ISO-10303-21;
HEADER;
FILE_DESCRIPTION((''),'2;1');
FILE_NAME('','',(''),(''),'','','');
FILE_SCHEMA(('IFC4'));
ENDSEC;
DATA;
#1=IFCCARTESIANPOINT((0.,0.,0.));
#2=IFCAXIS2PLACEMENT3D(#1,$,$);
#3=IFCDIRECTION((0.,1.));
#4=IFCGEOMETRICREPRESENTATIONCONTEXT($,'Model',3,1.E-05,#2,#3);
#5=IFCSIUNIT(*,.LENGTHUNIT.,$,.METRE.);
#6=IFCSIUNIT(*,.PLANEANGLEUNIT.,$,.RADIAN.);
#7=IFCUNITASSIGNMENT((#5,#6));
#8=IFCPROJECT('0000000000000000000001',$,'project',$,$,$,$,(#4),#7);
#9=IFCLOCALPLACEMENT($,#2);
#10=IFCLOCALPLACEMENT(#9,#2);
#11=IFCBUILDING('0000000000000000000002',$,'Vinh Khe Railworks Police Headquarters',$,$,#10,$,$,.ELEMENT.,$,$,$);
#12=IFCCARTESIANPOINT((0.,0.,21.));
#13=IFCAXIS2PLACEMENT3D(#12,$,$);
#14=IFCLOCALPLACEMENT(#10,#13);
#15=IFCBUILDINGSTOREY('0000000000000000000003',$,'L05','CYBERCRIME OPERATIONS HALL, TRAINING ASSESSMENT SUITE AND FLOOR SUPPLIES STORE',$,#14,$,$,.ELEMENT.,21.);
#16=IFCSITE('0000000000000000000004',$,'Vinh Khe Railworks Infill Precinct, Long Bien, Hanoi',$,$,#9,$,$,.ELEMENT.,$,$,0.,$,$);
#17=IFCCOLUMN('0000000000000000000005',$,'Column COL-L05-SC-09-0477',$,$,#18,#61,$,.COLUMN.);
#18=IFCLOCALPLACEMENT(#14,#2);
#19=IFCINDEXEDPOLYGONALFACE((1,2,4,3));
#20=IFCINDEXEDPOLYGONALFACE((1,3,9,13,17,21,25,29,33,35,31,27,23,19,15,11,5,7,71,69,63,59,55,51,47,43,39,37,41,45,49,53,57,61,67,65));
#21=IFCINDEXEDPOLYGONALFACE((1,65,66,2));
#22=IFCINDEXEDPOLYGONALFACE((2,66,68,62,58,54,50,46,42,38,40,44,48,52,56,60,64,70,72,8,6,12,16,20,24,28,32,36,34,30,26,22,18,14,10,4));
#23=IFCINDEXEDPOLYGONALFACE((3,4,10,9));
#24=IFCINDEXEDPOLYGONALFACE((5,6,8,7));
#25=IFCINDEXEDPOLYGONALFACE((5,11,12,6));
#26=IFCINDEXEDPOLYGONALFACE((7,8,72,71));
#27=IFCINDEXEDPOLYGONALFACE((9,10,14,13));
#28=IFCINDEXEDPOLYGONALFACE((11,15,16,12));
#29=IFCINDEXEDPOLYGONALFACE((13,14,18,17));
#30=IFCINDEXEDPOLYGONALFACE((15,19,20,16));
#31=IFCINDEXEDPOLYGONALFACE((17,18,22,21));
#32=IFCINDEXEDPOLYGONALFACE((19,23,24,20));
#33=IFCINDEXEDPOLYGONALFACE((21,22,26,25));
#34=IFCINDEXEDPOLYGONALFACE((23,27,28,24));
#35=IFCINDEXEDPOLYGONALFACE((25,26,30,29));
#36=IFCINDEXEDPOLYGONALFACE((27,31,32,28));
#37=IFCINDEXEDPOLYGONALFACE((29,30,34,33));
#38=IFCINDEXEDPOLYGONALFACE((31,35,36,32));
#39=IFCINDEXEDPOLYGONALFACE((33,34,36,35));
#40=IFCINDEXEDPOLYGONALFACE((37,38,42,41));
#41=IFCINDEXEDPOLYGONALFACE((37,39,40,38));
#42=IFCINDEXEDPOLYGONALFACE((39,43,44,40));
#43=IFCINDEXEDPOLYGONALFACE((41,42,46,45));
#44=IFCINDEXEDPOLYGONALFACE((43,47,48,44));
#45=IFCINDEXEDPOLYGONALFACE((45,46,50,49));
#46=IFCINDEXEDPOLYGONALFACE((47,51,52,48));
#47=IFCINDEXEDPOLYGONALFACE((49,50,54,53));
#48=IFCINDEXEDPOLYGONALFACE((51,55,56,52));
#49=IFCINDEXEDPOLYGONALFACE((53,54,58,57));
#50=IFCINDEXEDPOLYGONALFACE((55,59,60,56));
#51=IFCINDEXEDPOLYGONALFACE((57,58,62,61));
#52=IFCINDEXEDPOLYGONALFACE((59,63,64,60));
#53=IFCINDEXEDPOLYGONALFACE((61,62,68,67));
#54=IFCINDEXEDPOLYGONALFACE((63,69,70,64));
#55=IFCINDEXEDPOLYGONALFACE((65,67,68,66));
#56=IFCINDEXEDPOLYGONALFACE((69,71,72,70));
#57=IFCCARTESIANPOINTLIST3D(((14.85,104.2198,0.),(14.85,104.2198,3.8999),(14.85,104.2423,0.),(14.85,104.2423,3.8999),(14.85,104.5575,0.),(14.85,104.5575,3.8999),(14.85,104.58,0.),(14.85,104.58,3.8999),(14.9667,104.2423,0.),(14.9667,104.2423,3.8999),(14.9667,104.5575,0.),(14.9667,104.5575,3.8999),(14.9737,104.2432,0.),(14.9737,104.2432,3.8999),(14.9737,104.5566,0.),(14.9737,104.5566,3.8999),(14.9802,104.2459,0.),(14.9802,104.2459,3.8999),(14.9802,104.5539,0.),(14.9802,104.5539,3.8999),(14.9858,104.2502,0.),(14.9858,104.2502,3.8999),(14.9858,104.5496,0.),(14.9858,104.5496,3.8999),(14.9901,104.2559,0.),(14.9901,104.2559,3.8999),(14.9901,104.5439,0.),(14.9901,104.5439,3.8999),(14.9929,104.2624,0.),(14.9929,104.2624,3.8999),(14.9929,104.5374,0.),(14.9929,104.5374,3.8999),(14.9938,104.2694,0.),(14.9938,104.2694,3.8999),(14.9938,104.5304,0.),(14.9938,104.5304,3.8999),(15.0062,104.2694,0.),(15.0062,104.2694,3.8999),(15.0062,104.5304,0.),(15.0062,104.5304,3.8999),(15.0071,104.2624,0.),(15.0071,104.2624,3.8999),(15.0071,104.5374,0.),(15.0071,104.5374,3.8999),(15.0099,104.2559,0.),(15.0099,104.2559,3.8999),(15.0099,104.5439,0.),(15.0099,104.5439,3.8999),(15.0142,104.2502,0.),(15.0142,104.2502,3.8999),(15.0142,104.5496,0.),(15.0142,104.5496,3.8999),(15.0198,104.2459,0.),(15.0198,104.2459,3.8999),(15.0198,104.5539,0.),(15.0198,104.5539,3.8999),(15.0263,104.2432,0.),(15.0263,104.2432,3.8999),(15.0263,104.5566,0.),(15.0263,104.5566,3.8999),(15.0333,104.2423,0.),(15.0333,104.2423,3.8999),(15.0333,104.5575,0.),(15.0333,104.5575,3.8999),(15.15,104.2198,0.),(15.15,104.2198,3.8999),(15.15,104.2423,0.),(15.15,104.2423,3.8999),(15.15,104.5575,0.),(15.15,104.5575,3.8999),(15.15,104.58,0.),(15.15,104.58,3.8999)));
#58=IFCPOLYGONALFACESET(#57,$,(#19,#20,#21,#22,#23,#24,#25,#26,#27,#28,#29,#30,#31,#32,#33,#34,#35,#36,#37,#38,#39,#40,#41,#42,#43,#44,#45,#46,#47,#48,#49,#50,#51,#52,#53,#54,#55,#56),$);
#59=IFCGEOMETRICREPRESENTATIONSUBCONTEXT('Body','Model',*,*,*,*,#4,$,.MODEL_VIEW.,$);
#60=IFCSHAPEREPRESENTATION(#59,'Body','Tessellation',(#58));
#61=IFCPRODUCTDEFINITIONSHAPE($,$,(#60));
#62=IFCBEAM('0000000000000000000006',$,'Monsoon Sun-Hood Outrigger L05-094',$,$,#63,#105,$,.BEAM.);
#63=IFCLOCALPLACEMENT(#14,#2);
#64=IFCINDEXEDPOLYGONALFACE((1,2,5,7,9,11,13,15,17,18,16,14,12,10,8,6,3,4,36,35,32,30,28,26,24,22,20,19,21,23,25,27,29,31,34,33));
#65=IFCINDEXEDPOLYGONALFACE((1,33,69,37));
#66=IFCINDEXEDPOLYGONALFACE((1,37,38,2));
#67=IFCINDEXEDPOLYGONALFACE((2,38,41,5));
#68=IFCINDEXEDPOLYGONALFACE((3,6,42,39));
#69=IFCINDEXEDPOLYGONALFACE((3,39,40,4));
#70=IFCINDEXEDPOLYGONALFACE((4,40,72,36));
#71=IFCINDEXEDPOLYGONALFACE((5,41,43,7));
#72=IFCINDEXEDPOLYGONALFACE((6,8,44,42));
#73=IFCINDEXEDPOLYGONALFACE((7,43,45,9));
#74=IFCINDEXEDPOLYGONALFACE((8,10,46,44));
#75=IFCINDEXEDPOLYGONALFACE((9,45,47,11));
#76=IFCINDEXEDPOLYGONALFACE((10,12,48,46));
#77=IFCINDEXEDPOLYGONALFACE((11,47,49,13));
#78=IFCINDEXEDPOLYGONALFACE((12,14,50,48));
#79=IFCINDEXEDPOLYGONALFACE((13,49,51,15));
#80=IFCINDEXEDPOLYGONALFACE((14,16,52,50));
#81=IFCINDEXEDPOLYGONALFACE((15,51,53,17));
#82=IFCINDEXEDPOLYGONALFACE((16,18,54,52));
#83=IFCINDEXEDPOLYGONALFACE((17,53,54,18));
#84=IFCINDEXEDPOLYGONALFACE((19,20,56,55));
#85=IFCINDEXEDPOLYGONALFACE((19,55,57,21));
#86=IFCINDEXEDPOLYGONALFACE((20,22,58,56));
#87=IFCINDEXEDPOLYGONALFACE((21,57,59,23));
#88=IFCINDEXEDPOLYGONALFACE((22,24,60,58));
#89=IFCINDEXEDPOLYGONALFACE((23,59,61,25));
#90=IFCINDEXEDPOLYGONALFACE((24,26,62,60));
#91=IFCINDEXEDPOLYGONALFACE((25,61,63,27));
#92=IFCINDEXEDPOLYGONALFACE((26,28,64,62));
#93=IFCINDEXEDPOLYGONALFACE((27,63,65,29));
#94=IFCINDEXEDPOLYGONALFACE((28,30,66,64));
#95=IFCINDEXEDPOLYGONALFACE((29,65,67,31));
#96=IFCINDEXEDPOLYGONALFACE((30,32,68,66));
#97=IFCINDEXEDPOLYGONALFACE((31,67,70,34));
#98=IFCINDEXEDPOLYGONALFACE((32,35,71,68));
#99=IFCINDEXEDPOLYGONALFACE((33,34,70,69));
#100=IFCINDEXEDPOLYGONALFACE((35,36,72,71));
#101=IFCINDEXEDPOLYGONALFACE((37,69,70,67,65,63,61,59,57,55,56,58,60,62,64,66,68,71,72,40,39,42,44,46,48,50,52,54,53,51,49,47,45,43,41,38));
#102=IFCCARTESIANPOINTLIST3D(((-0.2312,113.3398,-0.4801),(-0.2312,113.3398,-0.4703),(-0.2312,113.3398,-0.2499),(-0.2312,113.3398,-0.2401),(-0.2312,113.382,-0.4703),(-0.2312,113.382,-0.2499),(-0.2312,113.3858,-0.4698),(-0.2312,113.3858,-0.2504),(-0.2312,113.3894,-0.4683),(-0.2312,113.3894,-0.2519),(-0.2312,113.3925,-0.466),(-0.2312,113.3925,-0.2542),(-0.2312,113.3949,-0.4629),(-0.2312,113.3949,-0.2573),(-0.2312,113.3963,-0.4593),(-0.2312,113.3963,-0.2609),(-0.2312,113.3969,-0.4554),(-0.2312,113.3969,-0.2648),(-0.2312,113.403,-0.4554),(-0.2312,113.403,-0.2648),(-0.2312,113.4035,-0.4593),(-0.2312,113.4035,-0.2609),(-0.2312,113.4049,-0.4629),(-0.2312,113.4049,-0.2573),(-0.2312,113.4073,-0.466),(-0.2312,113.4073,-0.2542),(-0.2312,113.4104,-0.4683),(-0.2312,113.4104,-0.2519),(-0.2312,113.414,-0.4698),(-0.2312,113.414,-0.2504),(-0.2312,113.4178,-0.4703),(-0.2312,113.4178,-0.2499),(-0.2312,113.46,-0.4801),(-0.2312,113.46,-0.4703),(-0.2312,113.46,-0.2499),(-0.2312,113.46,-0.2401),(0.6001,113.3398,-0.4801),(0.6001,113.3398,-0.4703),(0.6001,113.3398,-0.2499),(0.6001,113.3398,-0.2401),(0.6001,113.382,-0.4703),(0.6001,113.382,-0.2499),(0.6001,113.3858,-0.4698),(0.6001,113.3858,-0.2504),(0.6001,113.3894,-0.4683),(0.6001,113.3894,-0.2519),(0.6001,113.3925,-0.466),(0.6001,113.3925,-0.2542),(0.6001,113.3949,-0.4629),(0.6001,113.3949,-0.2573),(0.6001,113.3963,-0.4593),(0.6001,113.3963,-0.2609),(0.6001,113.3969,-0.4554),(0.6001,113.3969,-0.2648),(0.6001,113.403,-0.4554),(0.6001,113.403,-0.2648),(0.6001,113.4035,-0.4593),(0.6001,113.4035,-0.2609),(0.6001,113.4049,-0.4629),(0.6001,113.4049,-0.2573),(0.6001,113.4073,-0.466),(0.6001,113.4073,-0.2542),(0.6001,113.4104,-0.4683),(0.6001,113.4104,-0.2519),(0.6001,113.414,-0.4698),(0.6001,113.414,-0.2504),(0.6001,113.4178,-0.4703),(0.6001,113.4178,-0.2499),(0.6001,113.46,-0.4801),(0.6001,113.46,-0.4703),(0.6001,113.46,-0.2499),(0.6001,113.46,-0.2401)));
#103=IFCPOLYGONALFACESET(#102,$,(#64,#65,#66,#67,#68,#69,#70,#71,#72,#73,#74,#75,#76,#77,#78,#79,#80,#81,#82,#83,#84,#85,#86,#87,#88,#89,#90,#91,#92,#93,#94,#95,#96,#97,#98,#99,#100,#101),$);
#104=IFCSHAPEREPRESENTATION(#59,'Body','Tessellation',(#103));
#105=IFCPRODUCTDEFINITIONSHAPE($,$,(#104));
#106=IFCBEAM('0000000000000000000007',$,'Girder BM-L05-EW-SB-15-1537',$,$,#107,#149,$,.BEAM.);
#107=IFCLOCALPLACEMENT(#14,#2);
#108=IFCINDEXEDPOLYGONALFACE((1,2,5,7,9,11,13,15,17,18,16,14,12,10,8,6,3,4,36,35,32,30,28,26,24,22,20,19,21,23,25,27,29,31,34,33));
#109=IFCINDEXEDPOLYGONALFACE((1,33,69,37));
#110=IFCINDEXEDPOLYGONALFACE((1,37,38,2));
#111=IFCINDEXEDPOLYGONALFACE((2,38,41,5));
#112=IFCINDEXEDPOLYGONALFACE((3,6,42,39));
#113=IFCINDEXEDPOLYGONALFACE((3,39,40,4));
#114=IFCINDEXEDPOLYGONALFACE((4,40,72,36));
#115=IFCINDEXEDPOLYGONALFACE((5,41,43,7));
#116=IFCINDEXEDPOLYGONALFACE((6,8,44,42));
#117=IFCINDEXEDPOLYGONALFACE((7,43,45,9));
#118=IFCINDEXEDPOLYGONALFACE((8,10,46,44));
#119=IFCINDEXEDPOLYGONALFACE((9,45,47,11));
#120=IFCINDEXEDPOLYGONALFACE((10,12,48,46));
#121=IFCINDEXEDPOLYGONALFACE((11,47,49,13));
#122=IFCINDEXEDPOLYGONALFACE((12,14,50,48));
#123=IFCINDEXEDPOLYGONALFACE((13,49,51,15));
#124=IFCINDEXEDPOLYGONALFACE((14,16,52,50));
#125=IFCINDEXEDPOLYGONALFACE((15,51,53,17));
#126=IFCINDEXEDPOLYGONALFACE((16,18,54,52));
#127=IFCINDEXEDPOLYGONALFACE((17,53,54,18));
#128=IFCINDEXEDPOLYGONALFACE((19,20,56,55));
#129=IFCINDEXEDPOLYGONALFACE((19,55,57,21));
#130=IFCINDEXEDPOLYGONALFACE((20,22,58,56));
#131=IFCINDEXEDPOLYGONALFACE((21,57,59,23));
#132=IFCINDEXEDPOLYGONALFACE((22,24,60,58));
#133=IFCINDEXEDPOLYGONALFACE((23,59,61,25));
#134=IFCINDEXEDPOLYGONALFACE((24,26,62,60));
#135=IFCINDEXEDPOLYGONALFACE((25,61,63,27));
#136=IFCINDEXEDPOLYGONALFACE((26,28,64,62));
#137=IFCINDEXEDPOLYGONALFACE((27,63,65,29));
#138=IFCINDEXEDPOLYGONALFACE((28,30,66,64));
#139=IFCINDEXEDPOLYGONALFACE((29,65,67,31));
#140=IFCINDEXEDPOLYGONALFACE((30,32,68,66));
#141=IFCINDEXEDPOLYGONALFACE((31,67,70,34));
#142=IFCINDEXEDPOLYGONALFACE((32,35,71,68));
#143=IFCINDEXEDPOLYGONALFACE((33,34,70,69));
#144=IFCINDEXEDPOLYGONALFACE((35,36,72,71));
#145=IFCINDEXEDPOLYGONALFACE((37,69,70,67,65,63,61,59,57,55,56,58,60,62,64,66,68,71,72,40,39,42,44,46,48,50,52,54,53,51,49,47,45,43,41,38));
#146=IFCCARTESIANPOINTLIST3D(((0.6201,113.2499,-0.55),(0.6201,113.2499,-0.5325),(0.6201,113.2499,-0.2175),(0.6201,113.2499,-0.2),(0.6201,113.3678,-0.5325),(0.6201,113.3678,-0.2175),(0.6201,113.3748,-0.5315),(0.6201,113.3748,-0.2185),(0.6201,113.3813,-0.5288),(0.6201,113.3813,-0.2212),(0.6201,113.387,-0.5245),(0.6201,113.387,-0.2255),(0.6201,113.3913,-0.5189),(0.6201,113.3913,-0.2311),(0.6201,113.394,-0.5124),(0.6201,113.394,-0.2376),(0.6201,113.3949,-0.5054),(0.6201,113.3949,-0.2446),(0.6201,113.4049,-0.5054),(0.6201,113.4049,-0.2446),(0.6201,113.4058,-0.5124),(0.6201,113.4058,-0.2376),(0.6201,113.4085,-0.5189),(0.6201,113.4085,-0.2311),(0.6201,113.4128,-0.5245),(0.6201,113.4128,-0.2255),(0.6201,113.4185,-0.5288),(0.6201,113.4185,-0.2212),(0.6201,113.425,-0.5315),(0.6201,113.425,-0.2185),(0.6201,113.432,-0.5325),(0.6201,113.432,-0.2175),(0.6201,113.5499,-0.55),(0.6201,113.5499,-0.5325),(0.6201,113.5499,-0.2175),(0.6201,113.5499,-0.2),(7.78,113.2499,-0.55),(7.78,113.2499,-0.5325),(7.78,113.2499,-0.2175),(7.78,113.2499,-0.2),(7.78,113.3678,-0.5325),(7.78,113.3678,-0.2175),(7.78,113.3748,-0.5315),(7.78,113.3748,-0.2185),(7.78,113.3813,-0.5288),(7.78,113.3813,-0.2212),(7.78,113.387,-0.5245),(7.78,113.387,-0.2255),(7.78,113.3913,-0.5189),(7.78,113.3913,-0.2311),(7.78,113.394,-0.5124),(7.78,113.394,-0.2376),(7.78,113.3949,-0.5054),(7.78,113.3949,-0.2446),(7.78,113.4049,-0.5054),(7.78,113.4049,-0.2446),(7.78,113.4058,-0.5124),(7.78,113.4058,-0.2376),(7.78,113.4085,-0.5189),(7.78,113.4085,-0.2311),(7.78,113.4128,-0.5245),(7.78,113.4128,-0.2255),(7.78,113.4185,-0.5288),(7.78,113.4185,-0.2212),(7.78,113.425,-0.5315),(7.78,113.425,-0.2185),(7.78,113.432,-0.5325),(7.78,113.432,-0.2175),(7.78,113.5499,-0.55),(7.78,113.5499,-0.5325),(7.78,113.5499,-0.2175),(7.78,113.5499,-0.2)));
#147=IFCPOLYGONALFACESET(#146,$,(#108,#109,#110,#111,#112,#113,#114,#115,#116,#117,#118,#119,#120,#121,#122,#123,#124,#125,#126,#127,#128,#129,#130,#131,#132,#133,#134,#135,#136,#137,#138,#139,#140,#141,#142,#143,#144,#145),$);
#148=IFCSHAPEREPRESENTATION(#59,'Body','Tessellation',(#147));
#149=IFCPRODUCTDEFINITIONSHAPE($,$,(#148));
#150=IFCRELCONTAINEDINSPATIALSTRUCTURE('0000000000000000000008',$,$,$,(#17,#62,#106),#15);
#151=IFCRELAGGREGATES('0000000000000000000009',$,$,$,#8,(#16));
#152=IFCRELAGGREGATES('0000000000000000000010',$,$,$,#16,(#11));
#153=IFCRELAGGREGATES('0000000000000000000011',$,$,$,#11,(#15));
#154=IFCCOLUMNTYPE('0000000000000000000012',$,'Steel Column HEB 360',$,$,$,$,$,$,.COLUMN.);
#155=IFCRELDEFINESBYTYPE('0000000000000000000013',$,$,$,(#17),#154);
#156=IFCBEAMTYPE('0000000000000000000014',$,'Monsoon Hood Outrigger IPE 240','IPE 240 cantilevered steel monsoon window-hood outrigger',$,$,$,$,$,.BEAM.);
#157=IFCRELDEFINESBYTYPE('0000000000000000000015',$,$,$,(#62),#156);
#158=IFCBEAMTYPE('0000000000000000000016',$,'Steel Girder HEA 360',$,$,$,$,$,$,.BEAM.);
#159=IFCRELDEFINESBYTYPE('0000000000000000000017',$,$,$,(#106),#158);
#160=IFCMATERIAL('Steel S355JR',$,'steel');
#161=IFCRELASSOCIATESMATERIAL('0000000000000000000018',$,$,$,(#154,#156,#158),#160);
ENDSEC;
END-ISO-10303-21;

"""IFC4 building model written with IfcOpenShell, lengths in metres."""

from ifc_helpers import new_model, si_unit, direction, frame, origin, origin_2d, place, context, subcontext, project, spatial, i_section, extrude, material, material_profile, profile_set, type_object, element, save


model = new_model("IFC4")

# Units and contexts
model_context = context("Model", 3, precision=1e-05, world=origin(), true_north=direction((0.0, 1.0)))
body_context = subcontext(model_context, "Body", "Model", "MODEL_VIEW")
ifc_project = project(units=[si_unit("LENGTHUNIT", "METRE"), si_unit("PLANEANGLEUNIT", "RADIAN")], contexts=[model_context])

# Site, building, storey
site_placement = place(None, origin())
site = spatial("IfcSite", under=ifc_project, at=site_placement, Name="Vinh Khe Railworks Infill Precinct, Long Bien, Hanoi", CompositionType="ELEMENT", RefElevation=0.0)
building_placement = place(site_placement, origin())
building = spatial("IfcBuilding", under=site, at=building_placement, Name="Vinh Khe Railworks Police Headquarters", CompositionType="ELEMENT")
storey_placement = place(building_placement, frame((0.0, 0.0, 21.0)))
storey = spatial("IfcBuildingStorey", under=building, at=storey_placement, Name="L05", Description="CYBERCRIME OPERATIONS HALL, TRAINING ASSESSMENT SUITE AND FLOOR SUPPLIES STORE", CompositionType="ELEMENT", Elevation=21.0)

# Column
ifc_material_1 = material(Name="Steel S355JR", Category="steel")
ifc_material_profile_1 = material_profile(ifc_material_1, i_section(OverallWidth=0.3, OverallDepth=0.3601, WebThickness=0.0125, FlangeThickness=0.0225, FilletRadius=0.0271, at=origin_2d()), Name="HEB 360")
ifc_profile_set_1 = profile_set([ifc_material_profile_1], Name="Steel S355JR")
column_type_1 = type_object("IfcColumnType", Name="Steel Column HEB 360", PredefinedType="COLUMN", material=ifc_profile_set_1)
column_1_placement = place(storey_placement, frame((15.0, 104.3999, 0.0), z_axis=(0.0, 0.0, 1.0), x_axis=(1.0, 0.0, 0.0)))
element("IfcColumn", 1, at=column_1_placement, inside=storey, type_object=column_type_1, Name="Column COL-L05-SC-09-0477", PredefinedType="COLUMN", context=body_context, shape_type="SweptSolid", body=[
    extrude(i_section(OverallWidth=0.3, OverallDepth=0.3601, WebThickness=0.0125, FlangeThickness=0.0225, FilletRadius=0.0271, at=origin_2d()), origin(), (0.0, 0.0, 1.0), 3.8999),
])

# Beams
ifc_material_profile_2 = material_profile(ifc_material_1, i_section(OverallWidth=0.1201, OverallDepth=0.24, WebThickness=0.0061, FlangeThickness=0.0098, FilletRadius=0.0149, at=origin_2d()), Name="IPE 240")
ifc_profile_set_2 = profile_set([ifc_material_profile_2], Name="Steel S355JR")
beam_type_1 = type_object("IfcBeamType", Name="Monsoon Hood Outrigger IPE 240", Description="IPE 240 cantilevered steel monsoon window-hood outrigger", PredefinedType="BEAM", material=ifc_profile_set_2)
beam_1_placement = place(storey_placement, frame((-0.2312, 113.3999, -0.3601), z_axis=(1.0, 0.0, 0.0), x_axis=(0.0, 1.0, 0.0)))
element("IfcBeam", 2, at=beam_1_placement, inside=storey, type_object=beam_type_1, Name="Monsoon Sun-Hood Outrigger L05-094", PredefinedType="BEAM", context=body_context, shape_type="SweptSolid", body=[
    extrude(i_section(OverallWidth=0.1201, OverallDepth=0.24, WebThickness=0.0061, FlangeThickness=0.0098, FilletRadius=0.0149, at=origin_2d()), origin(), (0.0, 0.0, 1.0), 0.8313),
])
ifc_material_profile_3 = material_profile(ifc_material_1, i_section(OverallWidth=0.3, OverallDepth=0.3501, WebThickness=0.01, FlangeThickness=0.0176, FilletRadius=0.0271, at=origin_2d()), Name="HEA 360")
ifc_profile_set_3 = profile_set([ifc_material_profile_3], Name="Steel S355JR")
beam_type_2 = type_object("IfcBeamType", Name="Steel Girder HEA 360", PredefinedType="BEAM", material=ifc_profile_set_3)
beam_2_placement = place(storey_placement, frame((0.6201, 113.3999, -0.375), z_axis=(1.0, 0.0, 0.0), x_axis=(0.0, 1.0, 0.0)))
element("IfcBeam", 3, at=beam_2_placement, inside=storey, type_object=beam_type_2, Name="Girder BM-L05-EW-SB-15-1537", PredefinedType="BEAM", context=body_context, shape_type="SweptSolid", body=[
    extrude(i_section(OverallWidth=0.3, OverallDepth=0.3501, WebThickness=0.01, FlangeThickness=0.0176, FilletRadius=0.0271, at=origin_2d()), origin(), (0.0, 0.0, 1.0), 7.1599),
])

save(model, "model.ifc")
